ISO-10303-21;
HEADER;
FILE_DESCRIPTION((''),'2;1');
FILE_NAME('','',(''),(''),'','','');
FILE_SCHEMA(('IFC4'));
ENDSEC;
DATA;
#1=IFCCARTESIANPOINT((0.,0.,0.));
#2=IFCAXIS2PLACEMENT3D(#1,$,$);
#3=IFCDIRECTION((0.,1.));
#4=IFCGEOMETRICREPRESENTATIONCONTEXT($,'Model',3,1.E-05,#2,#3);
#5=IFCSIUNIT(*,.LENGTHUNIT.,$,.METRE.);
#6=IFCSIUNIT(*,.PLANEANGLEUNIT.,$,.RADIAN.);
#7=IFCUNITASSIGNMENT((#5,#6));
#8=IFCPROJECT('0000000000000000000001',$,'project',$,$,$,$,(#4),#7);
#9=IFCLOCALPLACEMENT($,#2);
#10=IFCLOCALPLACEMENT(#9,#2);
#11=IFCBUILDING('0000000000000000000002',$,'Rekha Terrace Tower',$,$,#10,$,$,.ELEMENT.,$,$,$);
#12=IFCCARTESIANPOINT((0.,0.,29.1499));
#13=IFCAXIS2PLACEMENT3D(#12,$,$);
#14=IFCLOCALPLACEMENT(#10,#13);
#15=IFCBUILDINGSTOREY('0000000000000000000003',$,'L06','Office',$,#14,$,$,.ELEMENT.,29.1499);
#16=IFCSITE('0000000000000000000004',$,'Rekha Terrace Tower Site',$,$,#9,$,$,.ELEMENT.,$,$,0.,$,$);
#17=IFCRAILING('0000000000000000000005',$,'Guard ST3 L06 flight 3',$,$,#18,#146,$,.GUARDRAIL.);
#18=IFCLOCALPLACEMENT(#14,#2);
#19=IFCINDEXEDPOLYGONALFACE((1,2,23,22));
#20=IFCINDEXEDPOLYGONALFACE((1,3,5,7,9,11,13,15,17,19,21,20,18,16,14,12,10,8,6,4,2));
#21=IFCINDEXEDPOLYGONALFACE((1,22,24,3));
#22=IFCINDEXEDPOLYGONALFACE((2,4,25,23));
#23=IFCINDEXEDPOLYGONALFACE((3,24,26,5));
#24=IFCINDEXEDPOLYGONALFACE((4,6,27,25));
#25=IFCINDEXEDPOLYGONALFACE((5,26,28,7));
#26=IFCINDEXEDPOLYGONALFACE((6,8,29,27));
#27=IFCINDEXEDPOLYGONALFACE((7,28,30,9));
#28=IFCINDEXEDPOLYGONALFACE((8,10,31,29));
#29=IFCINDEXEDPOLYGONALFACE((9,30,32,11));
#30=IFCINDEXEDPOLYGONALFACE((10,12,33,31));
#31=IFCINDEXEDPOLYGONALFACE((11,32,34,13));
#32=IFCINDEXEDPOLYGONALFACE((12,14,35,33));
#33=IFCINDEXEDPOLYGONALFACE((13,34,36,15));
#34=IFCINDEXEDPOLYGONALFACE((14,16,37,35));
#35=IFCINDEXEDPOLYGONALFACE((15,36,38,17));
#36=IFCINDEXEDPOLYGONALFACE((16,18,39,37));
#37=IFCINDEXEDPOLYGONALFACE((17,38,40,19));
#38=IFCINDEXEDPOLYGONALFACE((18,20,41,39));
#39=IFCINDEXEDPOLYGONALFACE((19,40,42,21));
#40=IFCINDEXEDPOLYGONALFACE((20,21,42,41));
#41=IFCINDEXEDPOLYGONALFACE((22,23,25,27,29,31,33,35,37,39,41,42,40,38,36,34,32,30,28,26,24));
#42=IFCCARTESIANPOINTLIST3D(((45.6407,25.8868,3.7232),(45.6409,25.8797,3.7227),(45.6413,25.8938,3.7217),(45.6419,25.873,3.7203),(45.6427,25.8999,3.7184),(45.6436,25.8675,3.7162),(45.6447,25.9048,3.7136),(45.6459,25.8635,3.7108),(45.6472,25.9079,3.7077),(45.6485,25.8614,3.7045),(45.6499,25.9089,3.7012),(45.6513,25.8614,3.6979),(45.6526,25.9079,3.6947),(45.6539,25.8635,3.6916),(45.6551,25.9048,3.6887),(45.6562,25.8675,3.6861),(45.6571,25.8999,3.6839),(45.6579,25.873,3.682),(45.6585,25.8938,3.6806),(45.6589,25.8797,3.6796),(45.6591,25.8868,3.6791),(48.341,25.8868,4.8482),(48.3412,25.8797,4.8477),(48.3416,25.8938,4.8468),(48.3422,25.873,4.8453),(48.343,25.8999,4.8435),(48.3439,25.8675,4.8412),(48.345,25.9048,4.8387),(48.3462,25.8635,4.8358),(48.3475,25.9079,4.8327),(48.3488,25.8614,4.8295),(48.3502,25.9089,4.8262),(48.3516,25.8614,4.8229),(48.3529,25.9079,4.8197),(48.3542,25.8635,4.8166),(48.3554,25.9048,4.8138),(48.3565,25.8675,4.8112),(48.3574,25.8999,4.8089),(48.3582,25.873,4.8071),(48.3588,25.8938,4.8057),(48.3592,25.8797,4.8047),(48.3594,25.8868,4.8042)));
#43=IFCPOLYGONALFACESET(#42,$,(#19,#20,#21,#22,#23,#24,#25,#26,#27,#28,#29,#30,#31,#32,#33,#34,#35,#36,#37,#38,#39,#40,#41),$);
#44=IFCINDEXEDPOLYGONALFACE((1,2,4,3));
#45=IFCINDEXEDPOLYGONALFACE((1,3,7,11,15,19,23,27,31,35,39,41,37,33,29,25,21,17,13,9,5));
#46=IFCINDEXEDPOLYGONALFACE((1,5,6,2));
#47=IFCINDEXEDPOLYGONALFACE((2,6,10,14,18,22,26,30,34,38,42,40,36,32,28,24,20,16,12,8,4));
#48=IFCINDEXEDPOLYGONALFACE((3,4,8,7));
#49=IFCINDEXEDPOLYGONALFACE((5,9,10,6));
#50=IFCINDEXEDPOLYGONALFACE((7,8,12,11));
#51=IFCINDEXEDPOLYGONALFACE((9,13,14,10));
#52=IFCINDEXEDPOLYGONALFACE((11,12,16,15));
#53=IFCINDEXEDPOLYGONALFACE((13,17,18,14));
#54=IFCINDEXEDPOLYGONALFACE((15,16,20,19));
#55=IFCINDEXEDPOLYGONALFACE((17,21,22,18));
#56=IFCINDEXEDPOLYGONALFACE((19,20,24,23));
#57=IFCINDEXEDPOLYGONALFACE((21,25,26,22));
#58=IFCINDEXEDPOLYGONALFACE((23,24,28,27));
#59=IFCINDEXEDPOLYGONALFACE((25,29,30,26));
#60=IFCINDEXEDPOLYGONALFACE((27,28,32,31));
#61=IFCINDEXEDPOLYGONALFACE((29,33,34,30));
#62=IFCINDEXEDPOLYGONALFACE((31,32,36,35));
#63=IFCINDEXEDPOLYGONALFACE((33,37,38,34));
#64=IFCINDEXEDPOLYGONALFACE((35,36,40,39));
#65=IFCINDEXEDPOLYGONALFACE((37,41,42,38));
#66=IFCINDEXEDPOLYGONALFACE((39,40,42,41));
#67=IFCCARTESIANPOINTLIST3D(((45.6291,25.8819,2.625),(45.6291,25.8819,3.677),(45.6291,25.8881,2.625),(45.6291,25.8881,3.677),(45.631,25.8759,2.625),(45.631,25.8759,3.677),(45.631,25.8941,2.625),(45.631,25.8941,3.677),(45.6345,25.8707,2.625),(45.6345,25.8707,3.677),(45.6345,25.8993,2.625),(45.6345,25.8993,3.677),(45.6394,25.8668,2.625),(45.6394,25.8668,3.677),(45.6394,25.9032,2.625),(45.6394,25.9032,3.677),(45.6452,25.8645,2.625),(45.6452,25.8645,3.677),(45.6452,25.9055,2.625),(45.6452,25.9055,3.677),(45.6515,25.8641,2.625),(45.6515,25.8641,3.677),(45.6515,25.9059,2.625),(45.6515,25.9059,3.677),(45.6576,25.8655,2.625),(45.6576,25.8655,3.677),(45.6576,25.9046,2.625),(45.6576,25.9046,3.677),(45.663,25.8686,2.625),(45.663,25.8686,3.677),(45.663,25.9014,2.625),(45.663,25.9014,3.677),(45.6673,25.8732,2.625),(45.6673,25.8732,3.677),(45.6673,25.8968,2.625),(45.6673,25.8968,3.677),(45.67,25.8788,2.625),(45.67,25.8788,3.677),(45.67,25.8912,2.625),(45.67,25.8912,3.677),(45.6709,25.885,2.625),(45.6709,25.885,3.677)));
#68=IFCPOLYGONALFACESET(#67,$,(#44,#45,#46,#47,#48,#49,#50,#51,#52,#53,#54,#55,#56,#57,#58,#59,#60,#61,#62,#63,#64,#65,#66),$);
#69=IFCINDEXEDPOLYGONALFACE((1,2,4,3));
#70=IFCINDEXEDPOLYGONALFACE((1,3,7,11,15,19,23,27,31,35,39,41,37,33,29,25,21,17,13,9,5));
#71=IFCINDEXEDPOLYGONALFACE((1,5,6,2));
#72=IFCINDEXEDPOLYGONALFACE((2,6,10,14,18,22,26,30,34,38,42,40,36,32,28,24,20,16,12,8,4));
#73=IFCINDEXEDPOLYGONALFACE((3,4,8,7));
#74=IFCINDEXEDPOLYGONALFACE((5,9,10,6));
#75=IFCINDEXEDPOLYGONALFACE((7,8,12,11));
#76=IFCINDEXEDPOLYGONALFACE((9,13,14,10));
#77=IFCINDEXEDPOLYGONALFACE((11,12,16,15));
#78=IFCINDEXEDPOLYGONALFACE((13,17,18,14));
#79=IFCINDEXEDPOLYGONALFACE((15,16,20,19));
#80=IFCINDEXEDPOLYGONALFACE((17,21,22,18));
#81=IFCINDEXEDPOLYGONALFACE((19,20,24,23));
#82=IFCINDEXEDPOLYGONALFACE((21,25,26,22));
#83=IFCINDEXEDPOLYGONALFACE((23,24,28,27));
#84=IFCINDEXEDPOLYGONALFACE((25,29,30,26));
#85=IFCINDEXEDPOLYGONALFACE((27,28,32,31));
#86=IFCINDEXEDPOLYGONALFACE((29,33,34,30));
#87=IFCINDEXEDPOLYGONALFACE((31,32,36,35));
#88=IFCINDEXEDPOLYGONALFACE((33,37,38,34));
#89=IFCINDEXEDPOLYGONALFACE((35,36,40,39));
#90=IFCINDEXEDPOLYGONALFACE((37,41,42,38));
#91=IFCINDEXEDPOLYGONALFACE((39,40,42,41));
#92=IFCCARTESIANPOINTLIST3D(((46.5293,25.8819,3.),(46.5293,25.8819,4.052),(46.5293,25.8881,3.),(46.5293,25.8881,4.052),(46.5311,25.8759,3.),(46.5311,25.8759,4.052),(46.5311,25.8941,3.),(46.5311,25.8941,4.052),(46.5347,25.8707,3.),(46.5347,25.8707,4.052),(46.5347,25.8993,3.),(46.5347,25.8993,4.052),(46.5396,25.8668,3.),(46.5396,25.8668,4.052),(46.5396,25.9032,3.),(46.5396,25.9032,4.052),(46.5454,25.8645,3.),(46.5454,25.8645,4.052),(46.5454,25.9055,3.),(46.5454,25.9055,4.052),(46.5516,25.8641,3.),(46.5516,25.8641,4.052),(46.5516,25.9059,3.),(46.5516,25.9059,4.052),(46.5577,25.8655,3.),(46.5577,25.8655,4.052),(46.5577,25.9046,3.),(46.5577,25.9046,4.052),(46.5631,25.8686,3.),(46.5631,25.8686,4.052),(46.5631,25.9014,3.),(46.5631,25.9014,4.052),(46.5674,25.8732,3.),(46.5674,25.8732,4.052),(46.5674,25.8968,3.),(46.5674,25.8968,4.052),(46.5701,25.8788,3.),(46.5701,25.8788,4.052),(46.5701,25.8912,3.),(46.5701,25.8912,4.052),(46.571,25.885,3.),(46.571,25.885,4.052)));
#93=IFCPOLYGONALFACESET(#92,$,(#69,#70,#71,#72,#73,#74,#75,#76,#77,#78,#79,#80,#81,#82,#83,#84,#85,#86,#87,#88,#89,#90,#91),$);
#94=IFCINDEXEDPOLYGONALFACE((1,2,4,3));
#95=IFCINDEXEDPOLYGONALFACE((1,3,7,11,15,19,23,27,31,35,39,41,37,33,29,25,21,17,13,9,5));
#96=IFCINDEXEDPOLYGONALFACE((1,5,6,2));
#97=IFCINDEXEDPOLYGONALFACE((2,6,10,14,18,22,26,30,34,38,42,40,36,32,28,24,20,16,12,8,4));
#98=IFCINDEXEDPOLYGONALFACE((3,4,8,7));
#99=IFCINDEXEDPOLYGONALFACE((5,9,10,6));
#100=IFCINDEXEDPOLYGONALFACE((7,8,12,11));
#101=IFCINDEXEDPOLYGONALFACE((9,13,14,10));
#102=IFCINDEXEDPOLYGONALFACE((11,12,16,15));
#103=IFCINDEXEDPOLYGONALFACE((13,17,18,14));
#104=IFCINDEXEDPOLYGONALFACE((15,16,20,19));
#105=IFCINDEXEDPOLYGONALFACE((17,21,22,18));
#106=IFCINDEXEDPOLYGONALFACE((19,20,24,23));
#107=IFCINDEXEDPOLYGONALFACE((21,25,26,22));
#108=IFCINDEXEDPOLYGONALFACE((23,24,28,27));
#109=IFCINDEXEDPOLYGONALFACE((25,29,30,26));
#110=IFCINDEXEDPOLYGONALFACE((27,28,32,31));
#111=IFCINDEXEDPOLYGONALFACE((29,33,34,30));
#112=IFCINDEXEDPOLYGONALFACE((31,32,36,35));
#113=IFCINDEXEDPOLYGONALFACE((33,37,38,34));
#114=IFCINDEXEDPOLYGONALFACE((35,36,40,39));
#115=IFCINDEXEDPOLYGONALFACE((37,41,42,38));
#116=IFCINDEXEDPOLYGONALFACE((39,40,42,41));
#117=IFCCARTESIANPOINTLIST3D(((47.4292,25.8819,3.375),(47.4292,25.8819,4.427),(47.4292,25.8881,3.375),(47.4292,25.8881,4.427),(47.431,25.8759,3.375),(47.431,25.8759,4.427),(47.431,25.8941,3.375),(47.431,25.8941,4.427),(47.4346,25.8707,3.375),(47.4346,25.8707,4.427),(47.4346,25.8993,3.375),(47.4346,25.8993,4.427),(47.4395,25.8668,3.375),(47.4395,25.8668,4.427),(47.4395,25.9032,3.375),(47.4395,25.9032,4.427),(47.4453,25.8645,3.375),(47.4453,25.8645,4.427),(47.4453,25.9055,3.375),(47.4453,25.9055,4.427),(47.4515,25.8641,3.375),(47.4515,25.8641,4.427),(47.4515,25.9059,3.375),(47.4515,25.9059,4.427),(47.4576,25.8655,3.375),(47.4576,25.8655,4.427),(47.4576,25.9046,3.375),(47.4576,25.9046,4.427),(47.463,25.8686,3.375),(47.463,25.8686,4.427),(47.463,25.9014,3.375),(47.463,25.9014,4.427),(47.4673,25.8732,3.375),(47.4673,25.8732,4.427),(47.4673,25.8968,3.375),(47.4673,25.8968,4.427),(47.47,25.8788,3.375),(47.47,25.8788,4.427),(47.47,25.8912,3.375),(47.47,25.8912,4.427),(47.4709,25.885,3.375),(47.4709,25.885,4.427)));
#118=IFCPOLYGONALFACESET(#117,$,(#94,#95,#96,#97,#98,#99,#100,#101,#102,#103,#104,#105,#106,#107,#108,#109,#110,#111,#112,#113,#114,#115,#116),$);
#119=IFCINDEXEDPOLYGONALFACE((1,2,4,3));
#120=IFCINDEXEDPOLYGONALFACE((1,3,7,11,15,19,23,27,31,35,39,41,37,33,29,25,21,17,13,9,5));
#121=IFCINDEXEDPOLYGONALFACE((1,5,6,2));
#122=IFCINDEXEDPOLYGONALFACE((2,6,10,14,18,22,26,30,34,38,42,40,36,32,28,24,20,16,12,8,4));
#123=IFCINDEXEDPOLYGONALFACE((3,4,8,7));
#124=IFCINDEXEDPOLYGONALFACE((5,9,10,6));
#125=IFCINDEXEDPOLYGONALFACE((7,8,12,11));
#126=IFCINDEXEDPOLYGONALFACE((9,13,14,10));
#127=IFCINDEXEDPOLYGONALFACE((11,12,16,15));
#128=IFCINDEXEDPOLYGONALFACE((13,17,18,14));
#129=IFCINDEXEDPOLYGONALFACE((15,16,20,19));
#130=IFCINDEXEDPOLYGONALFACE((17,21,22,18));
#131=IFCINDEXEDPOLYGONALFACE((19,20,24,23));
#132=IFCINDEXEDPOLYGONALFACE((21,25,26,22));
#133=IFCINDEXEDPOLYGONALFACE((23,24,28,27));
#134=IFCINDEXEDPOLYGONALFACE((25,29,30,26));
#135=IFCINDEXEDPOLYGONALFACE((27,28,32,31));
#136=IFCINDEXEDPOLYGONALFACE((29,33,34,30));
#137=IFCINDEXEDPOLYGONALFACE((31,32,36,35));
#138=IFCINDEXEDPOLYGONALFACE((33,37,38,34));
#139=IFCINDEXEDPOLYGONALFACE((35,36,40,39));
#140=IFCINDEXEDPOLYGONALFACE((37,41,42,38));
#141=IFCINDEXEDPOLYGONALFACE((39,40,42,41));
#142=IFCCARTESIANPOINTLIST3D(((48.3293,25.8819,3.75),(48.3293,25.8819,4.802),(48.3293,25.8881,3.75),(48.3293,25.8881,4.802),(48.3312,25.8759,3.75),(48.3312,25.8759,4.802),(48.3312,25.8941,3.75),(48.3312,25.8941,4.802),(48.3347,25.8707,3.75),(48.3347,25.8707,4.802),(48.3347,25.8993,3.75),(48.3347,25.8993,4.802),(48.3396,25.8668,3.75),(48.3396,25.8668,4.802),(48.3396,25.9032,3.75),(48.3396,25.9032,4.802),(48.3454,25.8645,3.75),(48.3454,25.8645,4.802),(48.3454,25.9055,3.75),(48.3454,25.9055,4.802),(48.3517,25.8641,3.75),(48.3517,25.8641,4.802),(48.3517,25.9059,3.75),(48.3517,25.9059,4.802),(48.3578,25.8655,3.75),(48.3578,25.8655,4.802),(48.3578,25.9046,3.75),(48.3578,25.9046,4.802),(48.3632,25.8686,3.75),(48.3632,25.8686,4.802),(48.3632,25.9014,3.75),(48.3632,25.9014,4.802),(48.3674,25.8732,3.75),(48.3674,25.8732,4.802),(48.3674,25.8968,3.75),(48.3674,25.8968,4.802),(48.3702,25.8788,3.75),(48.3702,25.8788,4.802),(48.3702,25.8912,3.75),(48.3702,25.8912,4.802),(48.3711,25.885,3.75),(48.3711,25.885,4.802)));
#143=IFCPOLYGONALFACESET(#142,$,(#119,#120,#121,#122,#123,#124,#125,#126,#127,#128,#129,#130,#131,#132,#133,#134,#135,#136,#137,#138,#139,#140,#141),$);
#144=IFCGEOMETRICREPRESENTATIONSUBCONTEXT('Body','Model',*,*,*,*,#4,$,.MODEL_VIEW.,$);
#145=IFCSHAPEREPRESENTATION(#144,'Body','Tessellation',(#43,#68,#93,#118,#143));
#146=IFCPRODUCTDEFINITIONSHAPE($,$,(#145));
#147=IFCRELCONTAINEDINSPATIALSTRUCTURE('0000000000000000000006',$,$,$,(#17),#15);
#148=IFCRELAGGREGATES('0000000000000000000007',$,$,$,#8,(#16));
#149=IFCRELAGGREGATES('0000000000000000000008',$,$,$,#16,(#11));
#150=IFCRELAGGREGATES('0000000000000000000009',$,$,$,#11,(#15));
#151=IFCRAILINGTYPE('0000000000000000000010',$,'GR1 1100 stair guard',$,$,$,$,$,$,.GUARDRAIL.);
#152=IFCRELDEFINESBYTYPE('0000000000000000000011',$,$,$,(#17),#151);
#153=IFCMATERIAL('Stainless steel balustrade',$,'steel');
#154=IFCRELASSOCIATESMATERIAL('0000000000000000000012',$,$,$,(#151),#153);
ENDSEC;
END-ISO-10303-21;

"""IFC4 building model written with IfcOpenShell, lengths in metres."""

from ifc_helpers import new_model, si_unit, direction, frame, origin, origin_2d, place, context, subcontext, project, spatial, circle, extrude, material, type_object, element, save


model = new_model("IFC4")

# Units and contexts
model_context = context("Model", 3, precision=1e-05, world=origin(), true_north=direction((0.0, 1.0)))
body_context = subcontext(model_context, "Body", "Model", "MODEL_VIEW")
ifc_project = project(units=[si_unit("LENGTHUNIT", "METRE"), si_unit("PLANEANGLEUNIT", "RADIAN")], contexts=[model_context])

# Site, building, storey
site_placement = place(None, origin())
site = spatial("IfcSite", under=ifc_project, at=site_placement, Name="Rekha Terrace Tower Site", CompositionType="ELEMENT", RefElevation=0.0)
building_placement = place(site_placement, origin())
building = spatial("IfcBuilding", under=site, at=building_placement, Name="Rekha Terrace Tower", CompositionType="ELEMENT")
storey_placement = place(building_placement, frame((0.0, 0.0, 29.1499)))
storey = spatial("IfcBuildingStorey", under=building, at=storey_placement, Name="L06", Description="Office", CompositionType="ELEMENT", Elevation=29.1499)

# Railing
ifc_material_1 = material(Name="Stainless steel balustrade", Category="steel")
railing_type_1 = type_object("IfcRailingType", Name="GR1 1100 stair guard", PredefinedType="GUARDRAIL", material=ifc_material_1)
railing_1_placement = place(storey_placement, frame((45.6499, 25.885, 2.625)))
element("IfcRailing", 1, at=railing_1_placement, inside=storey, type_object=railing_type_1, Name="Guard ST3 L06 flight 3", PredefinedType="GUARDRAIL", context=body_context, shape_type="SweptSolid", body=[
    extrude(circle(Radius=0.0239, at=origin_2d()), frame((0.0, 0.0, 1.0762), z_axis=(0.923087, 0.0, 0.384592), x_axis=(0.0, 1.0, 0.0)), (0.0, 0.0, 1.0), 2.9253),
    extrude(circle(Radius=0.021, at=origin_2d()), origin(), (0.0, 0.0, 1.0), 1.052),
    extrude(circle(Radius=0.021, at=origin_2d()), frame((0.9001, 0.0, 0.375)), (0.0, 0.0, 1.0), 1.052),
    extrude(circle(Radius=0.021, at=origin_2d()), frame((1.8, 0.0, 0.75)), (0.0, 0.0, 1.0), 1.052),
    extrude(circle(Radius=0.021, at=origin_2d()), frame((2.7002, 0.0, 1.125)), (0.0, 0.0, 1.0), 1.052),
])

save(model, "model.ifc")
